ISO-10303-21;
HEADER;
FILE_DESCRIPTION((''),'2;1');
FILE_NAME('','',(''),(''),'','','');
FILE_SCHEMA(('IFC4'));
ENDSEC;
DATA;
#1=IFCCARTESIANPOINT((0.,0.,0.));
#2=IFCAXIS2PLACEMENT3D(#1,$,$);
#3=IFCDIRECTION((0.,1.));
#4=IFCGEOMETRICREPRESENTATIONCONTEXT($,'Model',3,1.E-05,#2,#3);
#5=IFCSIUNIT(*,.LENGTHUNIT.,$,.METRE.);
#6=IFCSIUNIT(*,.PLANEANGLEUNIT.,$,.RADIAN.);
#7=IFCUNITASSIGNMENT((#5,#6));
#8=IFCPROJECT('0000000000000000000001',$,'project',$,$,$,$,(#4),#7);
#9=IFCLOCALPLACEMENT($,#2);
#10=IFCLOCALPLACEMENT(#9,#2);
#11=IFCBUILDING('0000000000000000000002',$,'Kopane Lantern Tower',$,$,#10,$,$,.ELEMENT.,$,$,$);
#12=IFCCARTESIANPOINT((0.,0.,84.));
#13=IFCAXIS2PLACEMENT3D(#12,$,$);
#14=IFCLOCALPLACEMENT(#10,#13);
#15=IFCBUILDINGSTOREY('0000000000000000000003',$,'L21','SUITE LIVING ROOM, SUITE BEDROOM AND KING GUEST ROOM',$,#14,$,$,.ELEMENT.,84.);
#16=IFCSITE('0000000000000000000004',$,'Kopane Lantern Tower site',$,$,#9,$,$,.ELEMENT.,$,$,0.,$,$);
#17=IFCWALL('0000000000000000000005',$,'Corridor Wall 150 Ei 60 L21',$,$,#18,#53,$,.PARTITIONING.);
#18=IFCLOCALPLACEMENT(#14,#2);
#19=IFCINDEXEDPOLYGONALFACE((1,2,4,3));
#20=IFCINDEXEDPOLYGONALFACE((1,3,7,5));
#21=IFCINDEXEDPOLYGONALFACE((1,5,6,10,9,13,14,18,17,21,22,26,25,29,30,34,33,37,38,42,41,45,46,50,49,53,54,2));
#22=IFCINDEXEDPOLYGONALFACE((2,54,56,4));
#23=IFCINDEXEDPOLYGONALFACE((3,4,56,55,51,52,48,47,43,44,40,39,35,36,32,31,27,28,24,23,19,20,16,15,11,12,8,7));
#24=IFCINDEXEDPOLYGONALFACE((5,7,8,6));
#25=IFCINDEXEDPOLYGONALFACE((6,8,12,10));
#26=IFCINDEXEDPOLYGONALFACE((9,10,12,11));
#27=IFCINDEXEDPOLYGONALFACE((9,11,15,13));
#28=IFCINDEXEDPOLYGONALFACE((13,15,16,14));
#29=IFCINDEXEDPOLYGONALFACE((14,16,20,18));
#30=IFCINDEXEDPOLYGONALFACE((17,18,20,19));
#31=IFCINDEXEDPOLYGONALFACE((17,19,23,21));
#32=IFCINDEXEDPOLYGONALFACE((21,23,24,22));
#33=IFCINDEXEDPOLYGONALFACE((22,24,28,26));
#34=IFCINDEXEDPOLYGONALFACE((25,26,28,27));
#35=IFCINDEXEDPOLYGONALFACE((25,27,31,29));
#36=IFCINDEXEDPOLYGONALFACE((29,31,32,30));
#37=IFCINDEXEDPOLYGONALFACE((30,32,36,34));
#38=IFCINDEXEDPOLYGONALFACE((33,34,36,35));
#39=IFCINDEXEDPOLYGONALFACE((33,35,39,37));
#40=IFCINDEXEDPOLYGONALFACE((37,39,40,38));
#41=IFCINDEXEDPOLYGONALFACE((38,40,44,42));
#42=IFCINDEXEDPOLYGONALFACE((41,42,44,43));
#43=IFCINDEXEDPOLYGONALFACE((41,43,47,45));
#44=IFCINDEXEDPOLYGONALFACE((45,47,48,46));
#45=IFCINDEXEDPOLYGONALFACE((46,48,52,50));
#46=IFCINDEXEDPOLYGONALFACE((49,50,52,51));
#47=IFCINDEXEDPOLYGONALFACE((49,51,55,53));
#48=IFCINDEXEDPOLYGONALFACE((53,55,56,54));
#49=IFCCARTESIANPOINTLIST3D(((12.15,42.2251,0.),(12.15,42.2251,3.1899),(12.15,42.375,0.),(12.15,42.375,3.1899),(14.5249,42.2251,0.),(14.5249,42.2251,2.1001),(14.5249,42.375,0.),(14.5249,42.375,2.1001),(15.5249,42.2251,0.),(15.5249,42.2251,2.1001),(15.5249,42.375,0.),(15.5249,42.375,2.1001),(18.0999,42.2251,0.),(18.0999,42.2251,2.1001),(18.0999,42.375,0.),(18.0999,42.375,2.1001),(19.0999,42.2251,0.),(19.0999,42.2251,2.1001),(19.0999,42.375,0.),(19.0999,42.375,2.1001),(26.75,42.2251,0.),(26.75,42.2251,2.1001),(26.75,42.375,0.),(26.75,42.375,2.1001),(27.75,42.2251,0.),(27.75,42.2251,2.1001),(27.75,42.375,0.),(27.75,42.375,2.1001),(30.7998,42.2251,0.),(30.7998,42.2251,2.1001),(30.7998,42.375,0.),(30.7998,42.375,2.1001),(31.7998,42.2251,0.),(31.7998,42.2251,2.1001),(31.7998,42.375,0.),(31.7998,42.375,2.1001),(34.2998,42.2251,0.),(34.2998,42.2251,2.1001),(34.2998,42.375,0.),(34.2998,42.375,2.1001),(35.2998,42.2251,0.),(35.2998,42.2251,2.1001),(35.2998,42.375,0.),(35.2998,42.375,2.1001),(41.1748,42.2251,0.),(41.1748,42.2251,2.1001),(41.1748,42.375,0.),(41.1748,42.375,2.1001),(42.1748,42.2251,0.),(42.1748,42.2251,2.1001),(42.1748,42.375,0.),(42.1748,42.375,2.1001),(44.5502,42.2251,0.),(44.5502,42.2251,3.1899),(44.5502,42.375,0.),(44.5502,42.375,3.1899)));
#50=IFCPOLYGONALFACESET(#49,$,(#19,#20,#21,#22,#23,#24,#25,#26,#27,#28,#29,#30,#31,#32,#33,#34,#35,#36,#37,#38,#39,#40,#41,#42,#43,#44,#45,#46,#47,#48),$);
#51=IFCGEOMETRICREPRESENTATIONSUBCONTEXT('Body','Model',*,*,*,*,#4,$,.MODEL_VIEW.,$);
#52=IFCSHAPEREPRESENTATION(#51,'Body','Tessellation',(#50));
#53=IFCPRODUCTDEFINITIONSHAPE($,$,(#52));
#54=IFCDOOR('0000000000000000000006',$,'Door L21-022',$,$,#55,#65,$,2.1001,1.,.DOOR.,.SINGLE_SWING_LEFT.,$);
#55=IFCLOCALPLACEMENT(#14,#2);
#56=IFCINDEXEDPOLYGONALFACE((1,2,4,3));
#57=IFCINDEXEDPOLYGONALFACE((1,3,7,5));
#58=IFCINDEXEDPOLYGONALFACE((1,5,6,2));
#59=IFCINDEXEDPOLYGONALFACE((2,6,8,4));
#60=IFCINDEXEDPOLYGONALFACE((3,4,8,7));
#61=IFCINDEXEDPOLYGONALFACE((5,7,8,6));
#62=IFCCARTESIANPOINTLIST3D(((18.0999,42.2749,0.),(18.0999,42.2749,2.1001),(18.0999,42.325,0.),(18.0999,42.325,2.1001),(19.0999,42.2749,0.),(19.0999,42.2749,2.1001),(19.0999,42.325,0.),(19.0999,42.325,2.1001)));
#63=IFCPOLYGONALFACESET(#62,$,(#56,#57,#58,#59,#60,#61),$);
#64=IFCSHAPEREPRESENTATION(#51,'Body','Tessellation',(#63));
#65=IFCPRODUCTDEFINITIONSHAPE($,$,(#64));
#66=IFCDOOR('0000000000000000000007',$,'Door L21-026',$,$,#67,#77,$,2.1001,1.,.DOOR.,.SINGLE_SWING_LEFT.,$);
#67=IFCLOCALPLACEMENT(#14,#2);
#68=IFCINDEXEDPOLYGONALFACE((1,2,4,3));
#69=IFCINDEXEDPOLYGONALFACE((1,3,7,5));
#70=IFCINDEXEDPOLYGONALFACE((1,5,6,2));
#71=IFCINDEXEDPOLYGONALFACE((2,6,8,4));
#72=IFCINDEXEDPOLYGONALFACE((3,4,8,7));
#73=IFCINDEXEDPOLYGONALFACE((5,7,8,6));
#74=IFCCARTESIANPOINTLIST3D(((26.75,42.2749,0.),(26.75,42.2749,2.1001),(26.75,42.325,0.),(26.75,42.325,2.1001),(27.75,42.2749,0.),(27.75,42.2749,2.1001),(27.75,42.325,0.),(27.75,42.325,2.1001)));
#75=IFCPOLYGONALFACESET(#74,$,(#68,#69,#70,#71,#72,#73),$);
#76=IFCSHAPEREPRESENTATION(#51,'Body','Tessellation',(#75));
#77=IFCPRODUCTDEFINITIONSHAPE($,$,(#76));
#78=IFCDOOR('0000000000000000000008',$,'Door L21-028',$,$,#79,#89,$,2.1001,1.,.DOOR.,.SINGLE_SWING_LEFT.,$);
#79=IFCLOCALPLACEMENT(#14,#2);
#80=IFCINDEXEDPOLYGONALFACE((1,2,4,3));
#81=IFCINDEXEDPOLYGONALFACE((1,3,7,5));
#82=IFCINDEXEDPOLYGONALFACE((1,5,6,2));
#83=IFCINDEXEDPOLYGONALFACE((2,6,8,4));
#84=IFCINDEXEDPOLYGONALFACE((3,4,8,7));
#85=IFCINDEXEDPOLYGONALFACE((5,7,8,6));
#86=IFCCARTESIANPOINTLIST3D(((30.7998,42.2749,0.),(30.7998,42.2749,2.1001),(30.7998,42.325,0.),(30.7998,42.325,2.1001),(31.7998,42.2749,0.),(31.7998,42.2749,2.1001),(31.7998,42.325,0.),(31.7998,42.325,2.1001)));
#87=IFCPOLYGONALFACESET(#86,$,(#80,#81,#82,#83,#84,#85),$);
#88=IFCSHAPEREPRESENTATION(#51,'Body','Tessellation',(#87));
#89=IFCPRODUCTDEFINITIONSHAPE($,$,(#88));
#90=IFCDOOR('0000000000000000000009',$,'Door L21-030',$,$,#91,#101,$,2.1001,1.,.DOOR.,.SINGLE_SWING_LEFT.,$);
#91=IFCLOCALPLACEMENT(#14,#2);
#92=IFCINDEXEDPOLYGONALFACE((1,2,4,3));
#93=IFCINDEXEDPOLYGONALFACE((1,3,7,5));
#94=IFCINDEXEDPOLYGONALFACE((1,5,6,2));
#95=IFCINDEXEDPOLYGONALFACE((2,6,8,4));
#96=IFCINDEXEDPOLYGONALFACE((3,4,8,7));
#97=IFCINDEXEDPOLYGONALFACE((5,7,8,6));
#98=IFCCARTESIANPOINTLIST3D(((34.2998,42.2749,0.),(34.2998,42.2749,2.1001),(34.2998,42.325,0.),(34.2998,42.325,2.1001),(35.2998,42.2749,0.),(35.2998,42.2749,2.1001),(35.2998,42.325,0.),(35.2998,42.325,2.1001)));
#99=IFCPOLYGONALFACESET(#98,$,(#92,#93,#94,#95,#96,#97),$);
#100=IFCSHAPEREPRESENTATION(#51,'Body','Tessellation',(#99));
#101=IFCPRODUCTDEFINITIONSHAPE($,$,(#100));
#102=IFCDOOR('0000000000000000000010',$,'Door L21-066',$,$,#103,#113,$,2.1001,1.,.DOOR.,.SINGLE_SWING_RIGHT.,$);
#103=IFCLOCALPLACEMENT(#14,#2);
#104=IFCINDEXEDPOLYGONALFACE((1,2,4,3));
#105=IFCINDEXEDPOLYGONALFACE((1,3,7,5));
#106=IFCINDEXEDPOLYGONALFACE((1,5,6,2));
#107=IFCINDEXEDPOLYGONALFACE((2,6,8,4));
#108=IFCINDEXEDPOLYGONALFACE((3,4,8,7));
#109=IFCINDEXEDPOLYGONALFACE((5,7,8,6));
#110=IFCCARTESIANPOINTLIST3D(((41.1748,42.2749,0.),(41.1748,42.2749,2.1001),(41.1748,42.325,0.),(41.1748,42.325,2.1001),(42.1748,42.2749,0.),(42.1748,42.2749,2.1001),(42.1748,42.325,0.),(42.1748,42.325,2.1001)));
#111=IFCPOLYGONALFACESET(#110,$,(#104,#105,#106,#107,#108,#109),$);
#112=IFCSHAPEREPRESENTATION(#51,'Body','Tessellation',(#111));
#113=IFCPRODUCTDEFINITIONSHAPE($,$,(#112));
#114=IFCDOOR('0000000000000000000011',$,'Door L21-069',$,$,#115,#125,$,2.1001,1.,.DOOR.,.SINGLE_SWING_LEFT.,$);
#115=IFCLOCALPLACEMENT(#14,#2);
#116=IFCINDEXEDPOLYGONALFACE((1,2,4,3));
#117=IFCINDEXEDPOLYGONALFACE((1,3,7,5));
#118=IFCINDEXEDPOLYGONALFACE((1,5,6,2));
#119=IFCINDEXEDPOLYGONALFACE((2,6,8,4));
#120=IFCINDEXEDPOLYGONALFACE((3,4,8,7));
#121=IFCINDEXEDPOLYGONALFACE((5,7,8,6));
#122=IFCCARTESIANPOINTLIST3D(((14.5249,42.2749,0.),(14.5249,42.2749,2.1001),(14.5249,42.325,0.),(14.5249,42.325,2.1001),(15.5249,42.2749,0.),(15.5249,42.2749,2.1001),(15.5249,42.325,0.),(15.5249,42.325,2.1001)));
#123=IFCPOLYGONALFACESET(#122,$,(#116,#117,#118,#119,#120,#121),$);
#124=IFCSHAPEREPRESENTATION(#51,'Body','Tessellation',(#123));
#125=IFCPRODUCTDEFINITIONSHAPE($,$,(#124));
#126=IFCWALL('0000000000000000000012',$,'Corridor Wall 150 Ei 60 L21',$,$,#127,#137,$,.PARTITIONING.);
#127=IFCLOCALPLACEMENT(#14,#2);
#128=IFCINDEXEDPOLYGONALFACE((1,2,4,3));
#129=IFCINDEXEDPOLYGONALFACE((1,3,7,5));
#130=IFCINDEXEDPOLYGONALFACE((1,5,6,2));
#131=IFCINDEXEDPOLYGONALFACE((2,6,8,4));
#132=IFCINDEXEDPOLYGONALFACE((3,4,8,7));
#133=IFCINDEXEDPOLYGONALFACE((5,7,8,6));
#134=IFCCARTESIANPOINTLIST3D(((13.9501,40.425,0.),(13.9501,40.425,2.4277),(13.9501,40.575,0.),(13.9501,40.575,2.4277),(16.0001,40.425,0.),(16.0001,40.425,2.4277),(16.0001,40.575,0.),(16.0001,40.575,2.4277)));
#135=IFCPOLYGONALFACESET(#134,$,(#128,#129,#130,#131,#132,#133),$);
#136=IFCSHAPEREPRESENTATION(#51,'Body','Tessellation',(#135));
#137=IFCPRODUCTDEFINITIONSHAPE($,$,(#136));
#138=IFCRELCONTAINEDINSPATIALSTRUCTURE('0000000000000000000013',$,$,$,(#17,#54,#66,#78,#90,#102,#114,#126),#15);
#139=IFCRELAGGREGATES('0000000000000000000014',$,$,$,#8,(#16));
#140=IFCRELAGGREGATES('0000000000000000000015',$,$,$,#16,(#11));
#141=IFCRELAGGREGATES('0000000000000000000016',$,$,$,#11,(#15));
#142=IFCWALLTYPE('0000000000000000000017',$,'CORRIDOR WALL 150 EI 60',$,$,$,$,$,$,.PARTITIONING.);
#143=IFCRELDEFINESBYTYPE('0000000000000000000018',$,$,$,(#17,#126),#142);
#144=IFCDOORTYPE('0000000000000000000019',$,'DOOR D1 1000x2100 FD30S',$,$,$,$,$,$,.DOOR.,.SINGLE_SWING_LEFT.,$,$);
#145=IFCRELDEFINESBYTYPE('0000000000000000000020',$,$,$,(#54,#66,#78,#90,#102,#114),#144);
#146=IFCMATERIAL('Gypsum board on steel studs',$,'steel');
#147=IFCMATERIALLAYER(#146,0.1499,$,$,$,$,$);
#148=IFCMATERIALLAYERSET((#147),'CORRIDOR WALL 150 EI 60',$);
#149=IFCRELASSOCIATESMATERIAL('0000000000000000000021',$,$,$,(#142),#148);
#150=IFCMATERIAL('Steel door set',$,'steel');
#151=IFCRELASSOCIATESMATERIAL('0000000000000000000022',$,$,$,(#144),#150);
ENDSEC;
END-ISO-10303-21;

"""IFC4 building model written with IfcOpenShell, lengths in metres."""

from ifc_helpers import new_model, si_unit, direction, frame, frame_2d, origin, place, context, subcontext, project, spatial, rectangle, extrude, material, layer, layer_set, type_object, element, fill, save


model = new_model("IFC4")

# Units and contexts
model_context = context("Model", 3, precision=1e-05, world=origin(), true_north=direction((0.0, 1.0)))
body_context = subcontext(model_context, "Body", "Model", "MODEL_VIEW")
ifc_project = project(units=[si_unit("LENGTHUNIT", "METRE"), si_unit("PLANEANGLEUNIT", "RADIAN")], contexts=[model_context])

# Site, building, storey
site_placement = place(None, origin())
site = spatial("IfcSite", under=ifc_project, at=site_placement, Name="Kopane Lantern Tower site", CompositionType="ELEMENT", RefElevation=0.0)
building_placement = place(site_placement, origin())
building = spatial("IfcBuilding", under=site, at=building_placement, Name="Kopane Lantern Tower", CompositionType="ELEMENT")
storey_placement = place(building_placement, frame((0.0, 0.0, 84.0)))
storey = spatial("IfcBuildingStorey", under=building, at=storey_placement, Name="L21", Description="SUITE LIVING ROOM, SUITE BEDROOM AND KING GUEST ROOM", CompositionType="ELEMENT", Elevation=84.0)

# Wall, openings, doors
ifc_material_1 = material(Name="Gypsum board on steel studs", Category="steel")
ifc_layer_1 = layer(ifc_material_1, 0.1499)
ifc_layer_set_1 = layer_set([ifc_layer_1], Name="CORRIDOR WALL 150 EI 60")
wall_type_1 = type_object("IfcWallType", Name="CORRIDOR WALL 150 EI 60", PredefinedType="PARTITIONING", material=ifc_layer_set_1)
wall_1_placement = place(storey_placement, frame((12.1499, 42.3, 0.0), z_axis=(0.0, 0.0, 1.0), x_axis=(1.0, 0.0, 0.0)))
wall_1 = element("IfcWall", 1, at=wall_1_placement, inside=storey, type_object=wall_type_1, Name="Corridor Wall 150 Ei 60 L21", PredefinedType="PARTITIONING", context=body_context, shape_type="SweptSolid", body=[
    extrude(rectangle(XDim=32.4001, YDim=0.1499, at=frame_2d((16.2002, 0.0))), origin(), (0.0, 0.0, 1.0), 3.1899),
])
opening_1_placement = place(wall_1_placement, frame((5.95, 0.0, 0.0)))
opening_1 = element("IfcOpeningElement", 2, at=opening_1_placement, cuts=wall_1, PredefinedType="OPENING", context=body_context, shape_type="SweptSolid", body=[
    extrude(rectangle(XDim=1.0, YDim=2.1001, at=frame_2d((0.5, 1.05))), frame((0.0, 0.085, 0.0), z_axis=(0.0, -1.0, 0.0), x_axis=(1.0, 0.0, 0.0)), (0.0, 0.0, 1.0), 0.1699),
])
opening_2_placement = place(wall_1_placement, frame((14.6001, 0.0, 0.0)))
opening_2 = element("IfcOpeningElement", 3, at=opening_2_placement, cuts=wall_1, PredefinedType="OPENING", context=body_context, shape_type="SweptSolid", body=[
    extrude(rectangle(XDim=1.0, YDim=2.1001, at=frame_2d((0.5, 1.05))), frame((0.0, 0.085, 0.0), z_axis=(0.0, -1.0, 0.0), x_axis=(1.0, 0.0, 0.0)), (0.0, 0.0, 1.0), 0.1699),
])
opening_3_placement = place(wall_1_placement, frame((18.6499, 0.0, 0.0)))
opening_3 = element("IfcOpeningElement", 4, at=opening_3_placement, cuts=wall_1, PredefinedType="OPENING", context=body_context, shape_type="SweptSolid", body=[
    extrude(rectangle(XDim=1.0, YDim=2.1001, at=frame_2d((0.5, 1.05))), frame((0.0, 0.085, 0.0), z_axis=(0.0, -1.0, 0.0), x_axis=(1.0, 0.0, 0.0)), (0.0, 0.0, 1.0), 0.1699),
])
opening_4_placement = place(wall_1_placement, frame((22.1499, 0.0, 0.0)))
opening_4 = element("IfcOpeningElement", 5, at=opening_4_placement, cuts=wall_1, PredefinedType="OPENING", context=body_context, shape_type="SweptSolid", body=[
    extrude(rectangle(XDim=1.0, YDim=2.1001, at=frame_2d((0.5, 1.05))), frame((0.0, 0.085, 0.0), z_axis=(0.0, -1.0, 0.0), x_axis=(1.0, 0.0, 0.0)), (0.0, 0.0, 1.0), 0.1699),
])
opening_5_placement = place(wall_1_placement, frame((29.0249, 0.0, 0.0)))
opening_5 = element("IfcOpeningElement", 6, at=opening_5_placement, cuts=wall_1, PredefinedType="OPENING", context=body_context, shape_type="SweptSolid", body=[
    extrude(rectangle(XDim=1.0, YDim=2.1001, at=frame_2d((0.5, 1.05))), frame((0.0, 0.085, 0.0), z_axis=(0.0, -1.0, 0.0), x_axis=(1.0, 0.0, 0.0)), (0.0, 0.0, 1.0), 0.1699),
])
opening_6_placement = place(wall_1_placement, frame((2.375, 0.0, 0.0)))
opening_6 = element("IfcOpeningElement", 7, at=opening_6_placement, cuts=wall_1, PredefinedType="OPENING", context=body_context, shape_type="SweptSolid", body=[
    extrude(rectangle(XDim=1.0, YDim=2.1001, at=frame_2d((0.5, 1.05))), frame((0.0, 0.085, 0.0), z_axis=(0.0, -1.0, 0.0), x_axis=(1.0, 0.0, 0.0)), (0.0, 0.0, 1.0), 0.1699),
])
ifc_material_2 = material(Name="Steel door set", Category="steel")
door_type_1 = type_object("IfcDoorType", Name="DOOR D1 1000x2100 FD30S", OperationType="SINGLE_SWING_LEFT", PredefinedType="DOOR", material=ifc_material_2)
door_1_placement = place(opening_1_placement, origin())
door_1 = element("IfcDoor", 8, at=door_1_placement, inside=storey, type_object=door_type_1, Name="Door L21-022", OperationType="SINGLE_SWING_LEFT", OverallHeight=2.1001, OverallWidth=1.0, PredefinedType="DOOR", context=body_context, shape_type="SweptSolid", body=[
    extrude(rectangle(XDim=1.0, YDim=2.1001, at=frame_2d((0.5, 1.05))), frame((0.0, 0.0249, 0.0), z_axis=(0.0, -1.0, 0.0), x_axis=(1.0, 0.0, 0.0)), (0.0, 0.0, 1.0), 0.05),
])
fill(opening_1, door_1)
door_2_placement = place(opening_2_placement, origin())
door_2 = element("IfcDoor", 9, at=door_2_placement, inside=storey, type_object=door_type_1, Name="Door L21-026", OperationType="SINGLE_SWING_LEFT", OverallHeight=2.1001, OverallWidth=1.0, PredefinedType="DOOR", context=body_context, shape_type="SweptSolid", body=[
    extrude(rectangle(XDim=1.0, YDim=2.1001, at=frame_2d((0.5, 1.05))), frame((0.0, 0.0249, 0.0), z_axis=(0.0, -1.0, 0.0), x_axis=(1.0, 0.0, 0.0)), (0.0, 0.0, 1.0), 0.05),
])
fill(opening_2, door_2)
door_3_placement = place(opening_3_placement, origin())
door_3 = element("IfcDoor", 10, at=door_3_placement, inside=storey, type_object=door_type_1, Name="Door L21-028", OperationType="SINGLE_SWING_LEFT", OverallHeight=2.1001, OverallWidth=1.0, PredefinedType="DOOR", context=body_context, shape_type="SweptSolid", body=[
    extrude(rectangle(XDim=1.0, YDim=2.1001, at=frame_2d((0.5, 1.05))), frame((0.0, 0.0249, 0.0), z_axis=(0.0, -1.0, 0.0), x_axis=(1.0, 0.0, 0.0)), (0.0, 0.0, 1.0), 0.05),
])
fill(opening_3, door_3)
door_4_placement = place(opening_4_placement, origin())
door_4 = element("IfcDoor", 11, at=door_4_placement, inside=storey, type_object=door_type_1, Name="Door L21-030", OperationType="SINGLE_SWING_LEFT", OverallHeight=2.1001, OverallWidth=1.0, PredefinedType="DOOR", context=body_context, shape_type="SweptSolid", body=[
    extrude(rectangle(XDim=1.0, YDim=2.1001, at=frame_2d((0.5, 1.05))), frame((0.0, 0.0249, 0.0), z_axis=(0.0, -1.0, 0.0), x_axis=(1.0, 0.0, 0.0)), (0.0, 0.0, 1.0), 0.05),
])
fill(opening_4, door_4)
door_5_placement = place(opening_5_placement, origin())
door_5 = element("IfcDoor", 12, at=door_5_placement, inside=storey, type_object=door_type_1, Name="Door L21-066", OperationType="SINGLE_SWING_RIGHT", OverallHeight=2.1001, OverallWidth=1.0, PredefinedType="DOOR", context=body_context, shape_type="SweptSolid", body=[
    extrude(rectangle(XDim=1.0, YDim=2.1001, at=frame_2d((0.5, 1.05))), frame((0.0, 0.0249, 0.0), z_axis=(0.0, -1.0, 0.0), x_axis=(1.0, 0.0, 0.0)), (0.0, 0.0, 1.0), 0.05),
])
fill(opening_5, door_5)
door_6_placement = place(opening_6_placement, origin())
door_6 = element("IfcDoor", 13, at=door_6_placement, inside=storey, type_object=door_type_1, Name="Door L21-069", OperationType="SINGLE_SWING_LEFT", OverallHeight=2.1001, OverallWidth=1.0, PredefinedType="DOOR", context=body_context, shape_type="SweptSolid", body=[
    extrude(rectangle(XDim=1.0, YDim=2.1001, at=frame_2d((0.5, 1.05))), frame((0.0, 0.0249, 0.0), z_axis=(0.0, -1.0, 0.0), x_axis=(1.0, 0.0, 0.0)), (0.0, 0.0, 1.0), 0.05),
])
fill(opening_6, door_6)

# Wall
wall_2_placement = place(storey_placement, frame((16.0, 40.5, 0.0), z_axis=(0.0, 0.0, 1.0), x_axis=(-1.0, 0.0, 0.0)))
element("IfcWall", 14, at=wall_2_placement, inside=storey, type_object=wall_type_1, Name="Corridor Wall 150 Ei 60 L21", PredefinedType="PARTITIONING", context=body_context, shape_type="SweptSolid", body=[
    extrude(rectangle(XDim=2.05, YDim=0.1499, at=frame_2d((1.0249, 0.0))), origin(), (0.0, 0.0, 1.0), 2.4277),
])

save(model, "model.ifc")
